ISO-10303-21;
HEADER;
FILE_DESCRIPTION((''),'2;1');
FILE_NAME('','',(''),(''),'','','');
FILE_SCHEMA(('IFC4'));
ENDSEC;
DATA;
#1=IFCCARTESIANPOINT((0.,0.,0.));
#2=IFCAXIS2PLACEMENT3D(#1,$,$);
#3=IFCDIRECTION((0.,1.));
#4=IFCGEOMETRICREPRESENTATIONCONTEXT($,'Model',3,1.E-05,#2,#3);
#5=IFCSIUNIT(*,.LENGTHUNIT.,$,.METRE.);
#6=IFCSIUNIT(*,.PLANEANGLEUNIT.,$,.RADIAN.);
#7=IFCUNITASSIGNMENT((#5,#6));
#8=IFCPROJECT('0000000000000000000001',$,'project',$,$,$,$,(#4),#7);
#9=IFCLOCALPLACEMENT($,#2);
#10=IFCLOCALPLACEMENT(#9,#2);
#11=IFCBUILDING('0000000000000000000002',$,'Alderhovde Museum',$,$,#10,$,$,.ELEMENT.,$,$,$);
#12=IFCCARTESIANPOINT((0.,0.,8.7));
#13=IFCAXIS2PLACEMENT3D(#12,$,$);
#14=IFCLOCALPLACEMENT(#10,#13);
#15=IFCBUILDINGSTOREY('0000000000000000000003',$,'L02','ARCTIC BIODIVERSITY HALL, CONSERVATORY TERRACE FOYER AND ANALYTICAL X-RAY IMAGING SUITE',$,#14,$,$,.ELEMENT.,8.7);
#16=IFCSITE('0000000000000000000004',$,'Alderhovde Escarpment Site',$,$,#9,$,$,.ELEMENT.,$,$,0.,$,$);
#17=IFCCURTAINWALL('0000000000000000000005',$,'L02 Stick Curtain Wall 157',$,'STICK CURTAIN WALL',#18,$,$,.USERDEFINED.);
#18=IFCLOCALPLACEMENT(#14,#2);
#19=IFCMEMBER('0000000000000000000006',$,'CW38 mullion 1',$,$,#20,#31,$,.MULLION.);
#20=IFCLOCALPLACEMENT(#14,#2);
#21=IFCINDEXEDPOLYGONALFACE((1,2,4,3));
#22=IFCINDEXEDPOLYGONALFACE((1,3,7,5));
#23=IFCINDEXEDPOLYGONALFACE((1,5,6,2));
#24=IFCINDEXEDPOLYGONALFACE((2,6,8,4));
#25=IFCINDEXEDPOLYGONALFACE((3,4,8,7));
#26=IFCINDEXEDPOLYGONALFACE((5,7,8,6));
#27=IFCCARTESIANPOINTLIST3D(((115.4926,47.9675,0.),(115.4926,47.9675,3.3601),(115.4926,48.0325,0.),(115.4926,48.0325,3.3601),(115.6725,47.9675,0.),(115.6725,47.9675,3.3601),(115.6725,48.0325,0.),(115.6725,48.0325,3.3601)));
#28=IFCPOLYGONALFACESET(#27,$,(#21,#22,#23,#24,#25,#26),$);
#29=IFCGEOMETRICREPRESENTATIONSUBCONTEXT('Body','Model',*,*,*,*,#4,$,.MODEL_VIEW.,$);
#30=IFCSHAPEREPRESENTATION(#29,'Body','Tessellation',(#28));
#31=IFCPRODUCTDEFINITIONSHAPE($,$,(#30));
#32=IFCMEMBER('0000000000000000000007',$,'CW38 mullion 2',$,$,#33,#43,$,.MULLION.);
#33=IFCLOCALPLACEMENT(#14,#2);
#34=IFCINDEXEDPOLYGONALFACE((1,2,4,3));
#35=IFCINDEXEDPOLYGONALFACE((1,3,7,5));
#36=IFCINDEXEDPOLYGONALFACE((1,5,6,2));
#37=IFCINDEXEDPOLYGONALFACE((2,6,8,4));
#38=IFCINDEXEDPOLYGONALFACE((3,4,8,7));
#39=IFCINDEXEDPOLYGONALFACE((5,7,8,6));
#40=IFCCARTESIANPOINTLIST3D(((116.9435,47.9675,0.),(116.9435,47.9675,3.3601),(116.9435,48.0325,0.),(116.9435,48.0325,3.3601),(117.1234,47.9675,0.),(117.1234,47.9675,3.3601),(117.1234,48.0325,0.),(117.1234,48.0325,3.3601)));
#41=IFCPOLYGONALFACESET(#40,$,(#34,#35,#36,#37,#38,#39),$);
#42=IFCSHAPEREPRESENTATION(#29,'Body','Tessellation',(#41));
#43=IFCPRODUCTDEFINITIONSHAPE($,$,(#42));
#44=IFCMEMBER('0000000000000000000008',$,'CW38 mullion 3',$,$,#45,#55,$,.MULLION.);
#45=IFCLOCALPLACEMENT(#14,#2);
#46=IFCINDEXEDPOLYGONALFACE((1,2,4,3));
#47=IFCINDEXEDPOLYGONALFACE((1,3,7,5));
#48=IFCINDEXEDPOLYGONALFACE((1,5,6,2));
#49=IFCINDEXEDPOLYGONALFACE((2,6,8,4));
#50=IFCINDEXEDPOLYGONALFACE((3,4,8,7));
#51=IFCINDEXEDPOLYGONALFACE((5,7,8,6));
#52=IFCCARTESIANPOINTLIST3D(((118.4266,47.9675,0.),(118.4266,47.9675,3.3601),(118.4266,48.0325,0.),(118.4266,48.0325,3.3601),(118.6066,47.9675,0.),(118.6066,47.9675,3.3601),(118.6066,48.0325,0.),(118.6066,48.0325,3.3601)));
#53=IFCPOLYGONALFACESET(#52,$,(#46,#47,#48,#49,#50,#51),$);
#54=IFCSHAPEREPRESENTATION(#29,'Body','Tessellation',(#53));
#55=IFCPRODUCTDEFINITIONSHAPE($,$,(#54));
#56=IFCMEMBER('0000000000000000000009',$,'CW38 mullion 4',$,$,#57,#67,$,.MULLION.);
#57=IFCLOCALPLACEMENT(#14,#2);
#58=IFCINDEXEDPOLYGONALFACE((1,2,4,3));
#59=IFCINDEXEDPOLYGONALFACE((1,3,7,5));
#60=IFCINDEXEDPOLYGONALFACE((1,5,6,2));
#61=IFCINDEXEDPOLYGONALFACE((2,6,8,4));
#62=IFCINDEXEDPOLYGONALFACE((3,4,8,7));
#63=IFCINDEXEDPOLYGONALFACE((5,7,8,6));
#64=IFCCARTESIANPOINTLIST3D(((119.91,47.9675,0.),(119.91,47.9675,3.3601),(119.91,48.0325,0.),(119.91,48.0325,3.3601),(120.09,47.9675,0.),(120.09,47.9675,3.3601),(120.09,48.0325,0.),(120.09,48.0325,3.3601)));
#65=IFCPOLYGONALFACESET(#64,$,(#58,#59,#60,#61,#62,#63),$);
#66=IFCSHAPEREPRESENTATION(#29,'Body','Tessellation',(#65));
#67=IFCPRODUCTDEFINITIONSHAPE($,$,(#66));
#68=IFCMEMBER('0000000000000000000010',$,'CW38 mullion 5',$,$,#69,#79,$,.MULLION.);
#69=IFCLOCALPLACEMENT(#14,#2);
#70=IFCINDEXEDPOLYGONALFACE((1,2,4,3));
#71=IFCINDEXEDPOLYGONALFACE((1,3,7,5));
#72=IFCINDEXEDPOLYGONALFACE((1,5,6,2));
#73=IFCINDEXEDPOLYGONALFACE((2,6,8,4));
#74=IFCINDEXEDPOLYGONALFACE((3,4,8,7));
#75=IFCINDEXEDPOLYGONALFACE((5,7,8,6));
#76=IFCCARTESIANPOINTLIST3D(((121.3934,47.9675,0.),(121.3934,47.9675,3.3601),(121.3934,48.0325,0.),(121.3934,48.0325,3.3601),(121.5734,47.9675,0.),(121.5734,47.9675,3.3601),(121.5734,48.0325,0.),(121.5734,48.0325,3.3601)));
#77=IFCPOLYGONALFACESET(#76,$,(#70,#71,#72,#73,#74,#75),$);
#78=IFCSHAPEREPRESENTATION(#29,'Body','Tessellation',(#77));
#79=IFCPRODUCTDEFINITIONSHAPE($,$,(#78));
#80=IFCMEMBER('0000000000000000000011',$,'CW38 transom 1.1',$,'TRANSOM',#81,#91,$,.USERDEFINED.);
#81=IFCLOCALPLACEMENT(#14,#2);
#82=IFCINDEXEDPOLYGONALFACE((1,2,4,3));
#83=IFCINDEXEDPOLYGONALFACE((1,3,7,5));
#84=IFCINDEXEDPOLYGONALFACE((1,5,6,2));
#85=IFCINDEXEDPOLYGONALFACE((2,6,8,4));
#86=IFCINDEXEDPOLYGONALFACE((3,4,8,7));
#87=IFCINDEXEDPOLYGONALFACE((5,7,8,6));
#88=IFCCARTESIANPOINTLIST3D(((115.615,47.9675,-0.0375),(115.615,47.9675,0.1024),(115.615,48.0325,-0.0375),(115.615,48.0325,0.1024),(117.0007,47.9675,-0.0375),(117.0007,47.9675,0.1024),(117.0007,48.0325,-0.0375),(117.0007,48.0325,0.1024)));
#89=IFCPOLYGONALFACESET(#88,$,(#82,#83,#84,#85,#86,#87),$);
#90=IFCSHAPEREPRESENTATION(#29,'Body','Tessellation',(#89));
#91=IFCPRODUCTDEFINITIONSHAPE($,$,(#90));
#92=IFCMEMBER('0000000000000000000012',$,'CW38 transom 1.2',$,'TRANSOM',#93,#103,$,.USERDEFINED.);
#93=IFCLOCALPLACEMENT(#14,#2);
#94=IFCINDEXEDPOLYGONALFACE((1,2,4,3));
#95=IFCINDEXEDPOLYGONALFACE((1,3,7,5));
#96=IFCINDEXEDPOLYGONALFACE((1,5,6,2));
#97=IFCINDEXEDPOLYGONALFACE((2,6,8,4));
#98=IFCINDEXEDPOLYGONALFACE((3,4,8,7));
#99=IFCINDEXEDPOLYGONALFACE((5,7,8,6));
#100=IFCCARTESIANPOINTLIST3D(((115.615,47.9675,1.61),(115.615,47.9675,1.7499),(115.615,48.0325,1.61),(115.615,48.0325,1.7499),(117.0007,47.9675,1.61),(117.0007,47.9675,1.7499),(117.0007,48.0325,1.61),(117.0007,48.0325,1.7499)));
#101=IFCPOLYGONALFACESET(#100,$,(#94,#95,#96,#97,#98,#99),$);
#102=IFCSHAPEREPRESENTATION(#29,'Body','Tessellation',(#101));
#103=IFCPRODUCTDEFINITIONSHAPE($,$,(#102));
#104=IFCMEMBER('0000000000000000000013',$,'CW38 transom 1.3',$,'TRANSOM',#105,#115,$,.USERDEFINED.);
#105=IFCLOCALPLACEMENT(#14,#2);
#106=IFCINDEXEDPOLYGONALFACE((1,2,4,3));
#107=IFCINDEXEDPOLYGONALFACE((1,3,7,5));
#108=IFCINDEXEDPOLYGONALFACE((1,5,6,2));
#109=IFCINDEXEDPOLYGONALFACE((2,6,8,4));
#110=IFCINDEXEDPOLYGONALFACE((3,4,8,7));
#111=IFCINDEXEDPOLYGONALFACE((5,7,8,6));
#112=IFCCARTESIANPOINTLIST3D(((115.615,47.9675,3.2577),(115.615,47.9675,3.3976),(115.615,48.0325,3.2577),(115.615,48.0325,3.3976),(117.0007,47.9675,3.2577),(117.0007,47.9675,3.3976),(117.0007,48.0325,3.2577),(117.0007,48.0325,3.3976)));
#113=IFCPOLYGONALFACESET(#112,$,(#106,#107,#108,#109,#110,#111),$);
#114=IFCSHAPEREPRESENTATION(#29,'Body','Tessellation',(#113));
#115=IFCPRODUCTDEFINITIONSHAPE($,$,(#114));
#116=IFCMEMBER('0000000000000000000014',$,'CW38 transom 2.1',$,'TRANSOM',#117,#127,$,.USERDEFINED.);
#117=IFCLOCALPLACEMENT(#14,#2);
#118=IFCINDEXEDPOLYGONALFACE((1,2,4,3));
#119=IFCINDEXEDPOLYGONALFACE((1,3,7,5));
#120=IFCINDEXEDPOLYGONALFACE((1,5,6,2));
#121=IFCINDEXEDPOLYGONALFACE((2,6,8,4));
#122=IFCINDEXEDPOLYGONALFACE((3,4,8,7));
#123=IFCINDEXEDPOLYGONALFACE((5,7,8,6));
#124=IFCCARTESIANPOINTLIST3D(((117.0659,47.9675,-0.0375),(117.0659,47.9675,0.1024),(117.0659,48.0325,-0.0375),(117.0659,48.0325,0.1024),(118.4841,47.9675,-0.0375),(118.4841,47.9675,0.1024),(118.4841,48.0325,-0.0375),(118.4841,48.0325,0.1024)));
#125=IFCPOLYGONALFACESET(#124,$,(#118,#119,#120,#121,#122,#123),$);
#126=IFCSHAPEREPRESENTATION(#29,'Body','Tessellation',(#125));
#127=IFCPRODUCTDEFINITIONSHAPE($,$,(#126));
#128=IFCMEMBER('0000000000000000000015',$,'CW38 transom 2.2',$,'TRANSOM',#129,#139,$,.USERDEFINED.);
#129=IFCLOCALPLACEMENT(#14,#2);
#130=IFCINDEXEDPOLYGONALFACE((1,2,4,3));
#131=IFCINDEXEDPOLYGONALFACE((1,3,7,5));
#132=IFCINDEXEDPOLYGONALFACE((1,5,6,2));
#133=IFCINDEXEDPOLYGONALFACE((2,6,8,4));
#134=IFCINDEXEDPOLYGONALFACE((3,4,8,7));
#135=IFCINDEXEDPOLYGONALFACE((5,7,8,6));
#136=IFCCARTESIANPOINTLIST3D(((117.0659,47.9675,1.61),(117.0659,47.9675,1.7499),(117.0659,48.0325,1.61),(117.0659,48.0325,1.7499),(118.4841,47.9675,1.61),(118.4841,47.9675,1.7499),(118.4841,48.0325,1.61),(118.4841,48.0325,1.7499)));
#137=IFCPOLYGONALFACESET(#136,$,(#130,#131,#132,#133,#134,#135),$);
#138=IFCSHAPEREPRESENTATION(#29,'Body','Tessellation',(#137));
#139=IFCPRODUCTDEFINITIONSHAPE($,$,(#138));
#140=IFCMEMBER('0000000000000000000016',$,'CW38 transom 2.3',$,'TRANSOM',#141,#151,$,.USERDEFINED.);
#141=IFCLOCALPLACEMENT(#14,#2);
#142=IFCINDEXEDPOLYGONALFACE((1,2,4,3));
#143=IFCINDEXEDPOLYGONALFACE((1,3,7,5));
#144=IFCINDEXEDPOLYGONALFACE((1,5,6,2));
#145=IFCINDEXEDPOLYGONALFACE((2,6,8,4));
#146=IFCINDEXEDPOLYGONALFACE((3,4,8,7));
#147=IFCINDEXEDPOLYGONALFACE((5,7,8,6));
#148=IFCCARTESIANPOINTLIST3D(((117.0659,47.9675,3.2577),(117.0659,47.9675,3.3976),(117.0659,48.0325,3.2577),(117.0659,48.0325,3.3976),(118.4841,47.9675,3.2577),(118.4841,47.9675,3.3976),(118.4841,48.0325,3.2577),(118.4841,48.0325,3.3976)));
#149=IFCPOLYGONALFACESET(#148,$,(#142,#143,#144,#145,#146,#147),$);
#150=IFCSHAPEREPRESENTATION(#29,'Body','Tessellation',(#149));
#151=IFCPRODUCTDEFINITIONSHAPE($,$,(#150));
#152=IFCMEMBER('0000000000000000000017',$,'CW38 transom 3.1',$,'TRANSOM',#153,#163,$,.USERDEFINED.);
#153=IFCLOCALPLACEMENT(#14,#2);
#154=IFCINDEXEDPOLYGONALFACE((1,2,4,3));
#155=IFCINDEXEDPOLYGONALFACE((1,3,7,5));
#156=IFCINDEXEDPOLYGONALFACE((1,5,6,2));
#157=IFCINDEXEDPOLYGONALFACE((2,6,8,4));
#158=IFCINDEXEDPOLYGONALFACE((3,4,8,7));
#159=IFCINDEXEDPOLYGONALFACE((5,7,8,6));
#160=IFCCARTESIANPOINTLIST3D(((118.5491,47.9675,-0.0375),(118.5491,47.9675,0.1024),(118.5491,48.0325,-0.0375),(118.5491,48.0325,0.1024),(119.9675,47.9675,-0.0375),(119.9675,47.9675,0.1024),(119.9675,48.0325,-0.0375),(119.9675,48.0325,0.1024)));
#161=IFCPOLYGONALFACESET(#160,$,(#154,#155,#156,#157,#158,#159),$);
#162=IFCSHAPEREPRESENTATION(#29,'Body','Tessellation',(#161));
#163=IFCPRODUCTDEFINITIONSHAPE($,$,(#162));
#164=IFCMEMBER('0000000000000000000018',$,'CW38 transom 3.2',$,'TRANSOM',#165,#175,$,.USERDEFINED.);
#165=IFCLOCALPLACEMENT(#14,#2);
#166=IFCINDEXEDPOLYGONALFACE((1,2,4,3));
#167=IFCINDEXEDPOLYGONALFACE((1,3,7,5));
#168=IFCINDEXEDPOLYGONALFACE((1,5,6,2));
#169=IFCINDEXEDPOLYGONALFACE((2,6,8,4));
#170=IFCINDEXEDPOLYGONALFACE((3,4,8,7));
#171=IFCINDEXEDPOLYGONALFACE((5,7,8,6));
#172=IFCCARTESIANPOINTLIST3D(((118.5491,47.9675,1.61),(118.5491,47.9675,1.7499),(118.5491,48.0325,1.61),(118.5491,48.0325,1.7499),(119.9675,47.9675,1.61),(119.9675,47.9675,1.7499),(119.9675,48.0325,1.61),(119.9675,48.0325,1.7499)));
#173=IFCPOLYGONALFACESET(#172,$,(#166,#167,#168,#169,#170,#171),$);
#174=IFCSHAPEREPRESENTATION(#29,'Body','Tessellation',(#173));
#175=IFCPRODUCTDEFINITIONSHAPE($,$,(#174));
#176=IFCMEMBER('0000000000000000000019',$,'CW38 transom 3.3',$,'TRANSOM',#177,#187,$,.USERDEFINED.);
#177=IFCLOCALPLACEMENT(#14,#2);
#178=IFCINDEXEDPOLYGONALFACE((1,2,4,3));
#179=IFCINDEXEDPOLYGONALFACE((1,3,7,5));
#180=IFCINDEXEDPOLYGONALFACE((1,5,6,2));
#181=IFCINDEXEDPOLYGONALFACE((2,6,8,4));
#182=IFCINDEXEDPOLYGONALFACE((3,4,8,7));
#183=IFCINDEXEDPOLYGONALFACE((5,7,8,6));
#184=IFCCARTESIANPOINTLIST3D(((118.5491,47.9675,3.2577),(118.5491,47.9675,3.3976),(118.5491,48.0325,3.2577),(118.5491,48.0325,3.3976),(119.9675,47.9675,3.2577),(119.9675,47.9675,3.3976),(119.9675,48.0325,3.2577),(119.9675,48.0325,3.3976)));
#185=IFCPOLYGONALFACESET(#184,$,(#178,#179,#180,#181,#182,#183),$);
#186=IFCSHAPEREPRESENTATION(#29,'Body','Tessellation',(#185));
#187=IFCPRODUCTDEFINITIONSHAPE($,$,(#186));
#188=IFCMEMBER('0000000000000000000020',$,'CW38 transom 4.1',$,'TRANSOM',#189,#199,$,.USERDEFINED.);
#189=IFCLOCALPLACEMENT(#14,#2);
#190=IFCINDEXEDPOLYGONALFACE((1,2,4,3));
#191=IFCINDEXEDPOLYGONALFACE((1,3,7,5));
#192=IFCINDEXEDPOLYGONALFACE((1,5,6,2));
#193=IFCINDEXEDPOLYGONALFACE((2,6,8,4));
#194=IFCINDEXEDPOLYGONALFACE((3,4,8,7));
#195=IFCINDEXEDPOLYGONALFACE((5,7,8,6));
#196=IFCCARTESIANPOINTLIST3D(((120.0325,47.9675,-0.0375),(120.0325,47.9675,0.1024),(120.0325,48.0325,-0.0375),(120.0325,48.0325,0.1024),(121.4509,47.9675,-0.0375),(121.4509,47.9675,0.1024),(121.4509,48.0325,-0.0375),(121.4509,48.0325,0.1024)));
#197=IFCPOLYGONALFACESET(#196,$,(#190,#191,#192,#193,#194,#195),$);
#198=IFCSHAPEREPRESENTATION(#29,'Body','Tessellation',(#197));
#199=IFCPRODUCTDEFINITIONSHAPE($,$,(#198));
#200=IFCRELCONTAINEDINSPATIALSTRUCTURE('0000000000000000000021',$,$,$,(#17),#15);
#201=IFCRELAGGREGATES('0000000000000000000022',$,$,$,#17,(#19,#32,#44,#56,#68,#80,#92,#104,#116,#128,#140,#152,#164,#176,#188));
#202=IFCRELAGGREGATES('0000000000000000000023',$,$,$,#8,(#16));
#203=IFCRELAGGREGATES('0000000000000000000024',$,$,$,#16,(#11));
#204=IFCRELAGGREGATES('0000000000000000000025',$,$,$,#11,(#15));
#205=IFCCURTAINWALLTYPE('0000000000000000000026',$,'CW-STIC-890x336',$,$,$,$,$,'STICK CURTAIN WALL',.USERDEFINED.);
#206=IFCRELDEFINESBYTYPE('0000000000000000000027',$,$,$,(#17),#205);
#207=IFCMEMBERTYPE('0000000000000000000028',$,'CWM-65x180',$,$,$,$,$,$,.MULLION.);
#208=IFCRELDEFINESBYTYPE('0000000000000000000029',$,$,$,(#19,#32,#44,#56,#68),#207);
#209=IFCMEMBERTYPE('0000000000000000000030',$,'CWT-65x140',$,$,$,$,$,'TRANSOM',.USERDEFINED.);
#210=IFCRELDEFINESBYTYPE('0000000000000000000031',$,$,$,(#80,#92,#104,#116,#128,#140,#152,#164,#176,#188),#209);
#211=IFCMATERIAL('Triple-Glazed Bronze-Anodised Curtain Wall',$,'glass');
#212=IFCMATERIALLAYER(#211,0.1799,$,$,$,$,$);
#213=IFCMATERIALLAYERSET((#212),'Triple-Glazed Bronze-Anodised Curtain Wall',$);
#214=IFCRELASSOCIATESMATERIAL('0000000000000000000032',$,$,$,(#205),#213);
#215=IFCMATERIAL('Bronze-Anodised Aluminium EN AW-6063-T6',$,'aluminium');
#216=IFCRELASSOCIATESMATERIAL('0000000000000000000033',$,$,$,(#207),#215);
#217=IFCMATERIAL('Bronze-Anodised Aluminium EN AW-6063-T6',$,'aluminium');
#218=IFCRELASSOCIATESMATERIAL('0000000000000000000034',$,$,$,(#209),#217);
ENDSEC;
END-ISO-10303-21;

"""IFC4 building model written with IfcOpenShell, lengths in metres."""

from ifc_helpers import new_model, si_unit, direction, frame, origin, origin_2d, place, context, subcontext, project, spatial, rectangle, extrude, material, layer, layer_set, material_profile, profile_set, type_object, element, aggregate, save


model = new_model("IFC4")

# Units and contexts
model_context = context("Model", 3, precision=1e-05, world=origin(), true_north=direction((0.0, 1.0)))
body_context = subcontext(model_context, "Body", "Model", "MODEL_VIEW")
ifc_project = project(units=[si_unit("LENGTHUNIT", "METRE"), si_unit("PLANEANGLEUNIT", "RADIAN")], contexts=[model_context])

# Site, building, storey
site_placement = place(None, origin())
site = spatial("IfcSite", under=ifc_project, at=site_placement, Name="Alderhovde Escarpment Site", CompositionType="ELEMENT", RefElevation=0.0)
building_placement = place(site_placement, origin())
building = spatial("IfcBuilding", under=site, at=building_placement, Name="Alderhovde Museum", CompositionType="ELEMENT")
storey_placement = place(building_placement, frame((0.0, 0.0, 8.7)))
storey = spatial("IfcBuildingStorey", under=building, at=storey_placement, Name="L02", Description="ARCTIC BIODIVERSITY HALL, CONSERVATORY TERRACE FOYER AND ANALYTICAL X-RAY IMAGING SUITE", CompositionType="ELEMENT", Elevation=8.7)

# Curtain wall, members
ifc_material_1 = material(Name="Triple-Glazed Bronze-Anodised Curtain Wall", Category="glass")
ifc_layer_1 = layer(ifc_material_1, 0.1799)
ifc_layer_set_1 = layer_set([ifc_layer_1], Name="Triple-Glazed Bronze-Anodised Curtain Wall")
curtain_wall_type = type_object("IfcCurtainWallType", Name="CW-STIC-890x336", ElementType="STICK CURTAIN WALL", PredefinedType="USERDEFINED", material=ifc_layer_set_1)
curtain_wall_placement = place(storey_placement, origin())
curtain_wall = element("IfcCurtainWall", 1, at=curtain_wall_placement, inside=storey, type_object=curtain_wall_type, Name="L02 Stick Curtain Wall 157", ObjectType="STICK CURTAIN WALL", PredefinedType="USERDEFINED")
ifc_material_2 = material(Name="Bronze-Anodised Aluminium EN AW-6063-T6", Category="aluminium")
ifc_material_profile_1 = material_profile(ifc_material_2, rectangle(XDim=0.0649, YDim=0.1799, at=origin_2d()), Name="MULLION 65x180")
ifc_profile_set_1 = profile_set([ifc_material_profile_1], Name="Bronze-Anodised Aluminium EN AW-6063-T6")
member_type_1 = type_object("IfcMemberType", Name="CWM-65x180", PredefinedType="MULLION", material=ifc_profile_set_1)
member_1_placement = place(storey_placement, frame((115.5825, 48.0, 0.0), z_axis=(0.0, 0.0, 1.0), x_axis=(0.0, 1.0, 0.0)))
member_1 = element("IfcMember", 2, at=member_1_placement, type_object=member_type_1, Name="CW38 mullion 1", PredefinedType="MULLION", context=body_context, shape_type="SweptSolid", body=[
    extrude(rectangle(XDim=0.0649, YDim=0.1799, at=origin_2d()), origin(), (0.0, 0.0, 1.0), 3.3601),
])
member_2_placement = place(storey_placement, frame((117.0334, 48.0, 0.0), z_axis=(0.0, 0.0, 1.0), x_axis=(0.0, 1.0, 0.0)))
member_2 = element("IfcMember", 3, at=member_2_placement, type_object=member_type_1, Name="CW38 mullion 2", PredefinedType="MULLION", context=body_context, shape_type="SweptSolid", body=[
    extrude(rectangle(XDim=0.0649, YDim=0.1799, at=origin_2d()), origin(), (0.0, 0.0, 1.0), 3.3601),
])
member_3_placement = place(storey_placement, frame((118.5166, 48.0, 0.0), z_axis=(0.0, 0.0, 1.0), x_axis=(0.0, 1.0, 0.0)))
member_3 = element("IfcMember", 4, at=member_3_placement, type_object=member_type_1, Name="CW38 mullion 3", PredefinedType="MULLION", context=body_context, shape_type="SweptSolid", body=[
    extrude(rectangle(XDim=0.0649, YDim=0.1799, at=origin_2d()), origin(), (0.0, 0.0, 1.0), 3.3601),
])
member_4_placement = place(storey_placement, frame((120.0, 48.0, 0.0), z_axis=(0.0, 0.0, 1.0), x_axis=(0.0, 1.0, 0.0)))
member_4 = element("IfcMember", 5, at=member_4_placement, type_object=member_type_1, Name="CW38 mullion 4", PredefinedType="MULLION", context=body_context, shape_type="SweptSolid", body=[
    extrude(rectangle(XDim=0.0649, YDim=0.1799, at=origin_2d()), origin(), (0.0, 0.0, 1.0), 3.3601),
])
member_5_placement = place(storey_placement, frame((121.4834, 48.0, 0.0), z_axis=(0.0, 0.0, 1.0), x_axis=(0.0, 1.0, 0.0)))
member_5 = element("IfcMember", 6, at=member_5_placement, type_object=member_type_1, Name="CW38 mullion 5", PredefinedType="MULLION", context=body_context, shape_type="SweptSolid", body=[
    extrude(rectangle(XDim=0.0649, YDim=0.1799, at=origin_2d()), origin(), (0.0, 0.0, 1.0), 3.3601),
])
ifc_material_3 = material(Name="Bronze-Anodised Aluminium EN AW-6063-T6", Category="aluminium")
ifc_material_profile_2 = material_profile(ifc_material_3, rectangle(XDim=0.0649, YDim=0.1399, at=origin_2d()), Name="TRANSOM 65x140")
ifc_profile_set_2 = profile_set([ifc_material_profile_2], Name="Bronze-Anodised Aluminium EN AW-6063-T6")
member_type_2 = type_object("IfcMemberType", Name="CWT-65x140", ElementType="TRANSOM", PredefinedType="USERDEFINED", material=ifc_profile_set_2)
member_6_placement = place(storey_placement, frame((115.615, 48.0, 0.0325), z_axis=(1.0, 0.0, 0.0), x_axis=(0.0, 1.0, 0.0)))
member_6 = element("IfcMember", 7, at=member_6_placement, type_object=member_type_2, Name="CW38 transom 1.1", ObjectType="TRANSOM", PredefinedType="USERDEFINED", context=body_context, shape_type="SweptSolid", body=[
    extrude(rectangle(XDim=0.0649, YDim=0.1399, at=origin_2d()), origin(), (0.0, 0.0, 1.0), 1.3857),
])
member_7_placement = place(storey_placement, frame((115.615, 48.0, 1.6799), z_axis=(1.0, 0.0, 0.0), x_axis=(0.0, 1.0, 0.0)))
member_7 = element("IfcMember", 8, at=member_7_placement, type_object=member_type_2, Name="CW38 transom 1.2", ObjectType="TRANSOM", PredefinedType="USERDEFINED", context=body_context, shape_type="SweptSolid", body=[
    extrude(rectangle(XDim=0.0649, YDim=0.1399, at=origin_2d()), origin(), (0.0, 0.0, 1.0), 1.3857),
])
member_8_placement = place(storey_placement, frame((115.615, 48.0, 3.3276), z_axis=(1.0, 0.0, 0.0), x_axis=(0.0, 1.0, 0.0)))
member_8 = element("IfcMember", 9, at=member_8_placement, type_object=member_type_2, Name="CW38 transom 1.3", ObjectType="TRANSOM", PredefinedType="USERDEFINED", context=body_context, shape_type="SweptSolid", body=[
    extrude(rectangle(XDim=0.0649, YDim=0.1399, at=origin_2d()), origin(), (0.0, 0.0, 1.0), 1.3857),
])
member_9_placement = place(storey_placement, frame((117.0659, 48.0, 0.0325), z_axis=(1.0, 0.0, 0.0), x_axis=(0.0, 1.0, 0.0)))
member_9 = element("IfcMember", 10, at=member_9_placement, type_object=member_type_2, Name="CW38 transom 2.1", ObjectType="TRANSOM", PredefinedType="USERDEFINED", context=body_context, shape_type="SweptSolid", body=[
    extrude(rectangle(XDim=0.0649, YDim=0.1399, at=origin_2d()), origin(), (0.0, 0.0, 1.0), 1.4182),
])
member_10_placement = place(storey_placement, frame((117.0659, 48.0, 1.6799), z_axis=(1.0, 0.0, 0.0), x_axis=(0.0, 1.0, 0.0)))
member_10 = element("IfcMember", 11, at=member_10_placement, type_object=member_type_2, Name="CW38 transom 2.2", ObjectType="TRANSOM", PredefinedType="USERDEFINED", context=body_context, shape_type="SweptSolid", body=[
    extrude(rectangle(XDim=0.0649, YDim=0.1399, at=origin_2d()), origin(), (0.0, 0.0, 1.0), 1.4182),
])
member_11_placement = place(storey_placement, frame((117.0659, 48.0, 3.3276), z_axis=(1.0, 0.0, 0.0), x_axis=(0.0, 1.0, 0.0)))
member_11 = element("IfcMember", 12, at=member_11_placement, type_object=member_type_2, Name="CW38 transom 2.3", ObjectType="TRANSOM", PredefinedType="USERDEFINED", context=body_context, shape_type="SweptSolid", body=[
    extrude(rectangle(XDim=0.0649, YDim=0.1399, at=origin_2d()), origin(), (0.0, 0.0, 1.0), 1.4182),
])
member_12_placement = place(storey_placement, frame((118.5491, 48.0, 0.0325), z_axis=(1.0, 0.0, 0.0), x_axis=(0.0, 1.0, 0.0)))
member_12 = element("IfcMember", 13, at=member_12_placement, type_object=member_type_2, Name="CW38 transom 3.1", ObjectType="TRANSOM", PredefinedType="USERDEFINED", context=body_context, shape_type="SweptSolid", body=[
    extrude(rectangle(XDim=0.0649, YDim=0.1399, at=origin_2d()), origin(), (0.0, 0.0, 1.0), 1.4185),
])
member_13_placement = place(storey_placement, frame((118.5491, 48.0, 1.6799), z_axis=(1.0, 0.0, 0.0), x_axis=(0.0, 1.0, 0.0)))
member_13 = element("IfcMember", 14, at=member_13_placement, type_object=member_type_2, Name="CW38 transom 3.2", ObjectType="TRANSOM", PredefinedType="USERDEFINED", context=body_context, shape_type="SweptSolid", body=[
    extrude(rectangle(XDim=0.0649, YDim=0.1399, at=origin_2d()), origin(), (0.0, 0.0, 1.0), 1.4185),
])
member_14_placement = place(storey_placement, frame((118.5491, 48.0, 3.3276), z_axis=(1.0, 0.0, 0.0), x_axis=(0.0, 1.0, 0.0)))
member_14 = element("IfcMember", 15, at=member_14_placement, type_object=member_type_2, Name="CW38 transom 3.3", ObjectType="TRANSOM", PredefinedType="USERDEFINED", context=body_context, shape_type="SweptSolid", body=[
    extrude(rectangle(XDim=0.0649, YDim=0.1399, at=origin_2d()), origin(), (0.0, 0.0, 1.0), 1.4185),
])
member_15_placement = place(storey_placement, frame((120.0325, 48.0, 0.0325), z_axis=(1.0, 0.0, 0.0), x_axis=(0.0, 1.0, 0.0)))
member_15 = element("IfcMember", 16, at=member_15_placement, type_object=member_type_2, Name="CW38 transom 4.1", ObjectType="TRANSOM", PredefinedType="USERDEFINED", context=body_context, shape_type="SweptSolid", body=[
    extrude(rectangle(XDim=0.0649, YDim=0.1399, at=origin_2d()), origin(), (0.0, 0.0, 1.0), 1.4185),
])

aggregate(curtain_wall, [member_1, member_2, member_3, member_4, member_5, member_6, member_7, member_8, member_9, member_10, member_11, member_12, member_13, member_14, member_15])

save(model, "model.ifc")
